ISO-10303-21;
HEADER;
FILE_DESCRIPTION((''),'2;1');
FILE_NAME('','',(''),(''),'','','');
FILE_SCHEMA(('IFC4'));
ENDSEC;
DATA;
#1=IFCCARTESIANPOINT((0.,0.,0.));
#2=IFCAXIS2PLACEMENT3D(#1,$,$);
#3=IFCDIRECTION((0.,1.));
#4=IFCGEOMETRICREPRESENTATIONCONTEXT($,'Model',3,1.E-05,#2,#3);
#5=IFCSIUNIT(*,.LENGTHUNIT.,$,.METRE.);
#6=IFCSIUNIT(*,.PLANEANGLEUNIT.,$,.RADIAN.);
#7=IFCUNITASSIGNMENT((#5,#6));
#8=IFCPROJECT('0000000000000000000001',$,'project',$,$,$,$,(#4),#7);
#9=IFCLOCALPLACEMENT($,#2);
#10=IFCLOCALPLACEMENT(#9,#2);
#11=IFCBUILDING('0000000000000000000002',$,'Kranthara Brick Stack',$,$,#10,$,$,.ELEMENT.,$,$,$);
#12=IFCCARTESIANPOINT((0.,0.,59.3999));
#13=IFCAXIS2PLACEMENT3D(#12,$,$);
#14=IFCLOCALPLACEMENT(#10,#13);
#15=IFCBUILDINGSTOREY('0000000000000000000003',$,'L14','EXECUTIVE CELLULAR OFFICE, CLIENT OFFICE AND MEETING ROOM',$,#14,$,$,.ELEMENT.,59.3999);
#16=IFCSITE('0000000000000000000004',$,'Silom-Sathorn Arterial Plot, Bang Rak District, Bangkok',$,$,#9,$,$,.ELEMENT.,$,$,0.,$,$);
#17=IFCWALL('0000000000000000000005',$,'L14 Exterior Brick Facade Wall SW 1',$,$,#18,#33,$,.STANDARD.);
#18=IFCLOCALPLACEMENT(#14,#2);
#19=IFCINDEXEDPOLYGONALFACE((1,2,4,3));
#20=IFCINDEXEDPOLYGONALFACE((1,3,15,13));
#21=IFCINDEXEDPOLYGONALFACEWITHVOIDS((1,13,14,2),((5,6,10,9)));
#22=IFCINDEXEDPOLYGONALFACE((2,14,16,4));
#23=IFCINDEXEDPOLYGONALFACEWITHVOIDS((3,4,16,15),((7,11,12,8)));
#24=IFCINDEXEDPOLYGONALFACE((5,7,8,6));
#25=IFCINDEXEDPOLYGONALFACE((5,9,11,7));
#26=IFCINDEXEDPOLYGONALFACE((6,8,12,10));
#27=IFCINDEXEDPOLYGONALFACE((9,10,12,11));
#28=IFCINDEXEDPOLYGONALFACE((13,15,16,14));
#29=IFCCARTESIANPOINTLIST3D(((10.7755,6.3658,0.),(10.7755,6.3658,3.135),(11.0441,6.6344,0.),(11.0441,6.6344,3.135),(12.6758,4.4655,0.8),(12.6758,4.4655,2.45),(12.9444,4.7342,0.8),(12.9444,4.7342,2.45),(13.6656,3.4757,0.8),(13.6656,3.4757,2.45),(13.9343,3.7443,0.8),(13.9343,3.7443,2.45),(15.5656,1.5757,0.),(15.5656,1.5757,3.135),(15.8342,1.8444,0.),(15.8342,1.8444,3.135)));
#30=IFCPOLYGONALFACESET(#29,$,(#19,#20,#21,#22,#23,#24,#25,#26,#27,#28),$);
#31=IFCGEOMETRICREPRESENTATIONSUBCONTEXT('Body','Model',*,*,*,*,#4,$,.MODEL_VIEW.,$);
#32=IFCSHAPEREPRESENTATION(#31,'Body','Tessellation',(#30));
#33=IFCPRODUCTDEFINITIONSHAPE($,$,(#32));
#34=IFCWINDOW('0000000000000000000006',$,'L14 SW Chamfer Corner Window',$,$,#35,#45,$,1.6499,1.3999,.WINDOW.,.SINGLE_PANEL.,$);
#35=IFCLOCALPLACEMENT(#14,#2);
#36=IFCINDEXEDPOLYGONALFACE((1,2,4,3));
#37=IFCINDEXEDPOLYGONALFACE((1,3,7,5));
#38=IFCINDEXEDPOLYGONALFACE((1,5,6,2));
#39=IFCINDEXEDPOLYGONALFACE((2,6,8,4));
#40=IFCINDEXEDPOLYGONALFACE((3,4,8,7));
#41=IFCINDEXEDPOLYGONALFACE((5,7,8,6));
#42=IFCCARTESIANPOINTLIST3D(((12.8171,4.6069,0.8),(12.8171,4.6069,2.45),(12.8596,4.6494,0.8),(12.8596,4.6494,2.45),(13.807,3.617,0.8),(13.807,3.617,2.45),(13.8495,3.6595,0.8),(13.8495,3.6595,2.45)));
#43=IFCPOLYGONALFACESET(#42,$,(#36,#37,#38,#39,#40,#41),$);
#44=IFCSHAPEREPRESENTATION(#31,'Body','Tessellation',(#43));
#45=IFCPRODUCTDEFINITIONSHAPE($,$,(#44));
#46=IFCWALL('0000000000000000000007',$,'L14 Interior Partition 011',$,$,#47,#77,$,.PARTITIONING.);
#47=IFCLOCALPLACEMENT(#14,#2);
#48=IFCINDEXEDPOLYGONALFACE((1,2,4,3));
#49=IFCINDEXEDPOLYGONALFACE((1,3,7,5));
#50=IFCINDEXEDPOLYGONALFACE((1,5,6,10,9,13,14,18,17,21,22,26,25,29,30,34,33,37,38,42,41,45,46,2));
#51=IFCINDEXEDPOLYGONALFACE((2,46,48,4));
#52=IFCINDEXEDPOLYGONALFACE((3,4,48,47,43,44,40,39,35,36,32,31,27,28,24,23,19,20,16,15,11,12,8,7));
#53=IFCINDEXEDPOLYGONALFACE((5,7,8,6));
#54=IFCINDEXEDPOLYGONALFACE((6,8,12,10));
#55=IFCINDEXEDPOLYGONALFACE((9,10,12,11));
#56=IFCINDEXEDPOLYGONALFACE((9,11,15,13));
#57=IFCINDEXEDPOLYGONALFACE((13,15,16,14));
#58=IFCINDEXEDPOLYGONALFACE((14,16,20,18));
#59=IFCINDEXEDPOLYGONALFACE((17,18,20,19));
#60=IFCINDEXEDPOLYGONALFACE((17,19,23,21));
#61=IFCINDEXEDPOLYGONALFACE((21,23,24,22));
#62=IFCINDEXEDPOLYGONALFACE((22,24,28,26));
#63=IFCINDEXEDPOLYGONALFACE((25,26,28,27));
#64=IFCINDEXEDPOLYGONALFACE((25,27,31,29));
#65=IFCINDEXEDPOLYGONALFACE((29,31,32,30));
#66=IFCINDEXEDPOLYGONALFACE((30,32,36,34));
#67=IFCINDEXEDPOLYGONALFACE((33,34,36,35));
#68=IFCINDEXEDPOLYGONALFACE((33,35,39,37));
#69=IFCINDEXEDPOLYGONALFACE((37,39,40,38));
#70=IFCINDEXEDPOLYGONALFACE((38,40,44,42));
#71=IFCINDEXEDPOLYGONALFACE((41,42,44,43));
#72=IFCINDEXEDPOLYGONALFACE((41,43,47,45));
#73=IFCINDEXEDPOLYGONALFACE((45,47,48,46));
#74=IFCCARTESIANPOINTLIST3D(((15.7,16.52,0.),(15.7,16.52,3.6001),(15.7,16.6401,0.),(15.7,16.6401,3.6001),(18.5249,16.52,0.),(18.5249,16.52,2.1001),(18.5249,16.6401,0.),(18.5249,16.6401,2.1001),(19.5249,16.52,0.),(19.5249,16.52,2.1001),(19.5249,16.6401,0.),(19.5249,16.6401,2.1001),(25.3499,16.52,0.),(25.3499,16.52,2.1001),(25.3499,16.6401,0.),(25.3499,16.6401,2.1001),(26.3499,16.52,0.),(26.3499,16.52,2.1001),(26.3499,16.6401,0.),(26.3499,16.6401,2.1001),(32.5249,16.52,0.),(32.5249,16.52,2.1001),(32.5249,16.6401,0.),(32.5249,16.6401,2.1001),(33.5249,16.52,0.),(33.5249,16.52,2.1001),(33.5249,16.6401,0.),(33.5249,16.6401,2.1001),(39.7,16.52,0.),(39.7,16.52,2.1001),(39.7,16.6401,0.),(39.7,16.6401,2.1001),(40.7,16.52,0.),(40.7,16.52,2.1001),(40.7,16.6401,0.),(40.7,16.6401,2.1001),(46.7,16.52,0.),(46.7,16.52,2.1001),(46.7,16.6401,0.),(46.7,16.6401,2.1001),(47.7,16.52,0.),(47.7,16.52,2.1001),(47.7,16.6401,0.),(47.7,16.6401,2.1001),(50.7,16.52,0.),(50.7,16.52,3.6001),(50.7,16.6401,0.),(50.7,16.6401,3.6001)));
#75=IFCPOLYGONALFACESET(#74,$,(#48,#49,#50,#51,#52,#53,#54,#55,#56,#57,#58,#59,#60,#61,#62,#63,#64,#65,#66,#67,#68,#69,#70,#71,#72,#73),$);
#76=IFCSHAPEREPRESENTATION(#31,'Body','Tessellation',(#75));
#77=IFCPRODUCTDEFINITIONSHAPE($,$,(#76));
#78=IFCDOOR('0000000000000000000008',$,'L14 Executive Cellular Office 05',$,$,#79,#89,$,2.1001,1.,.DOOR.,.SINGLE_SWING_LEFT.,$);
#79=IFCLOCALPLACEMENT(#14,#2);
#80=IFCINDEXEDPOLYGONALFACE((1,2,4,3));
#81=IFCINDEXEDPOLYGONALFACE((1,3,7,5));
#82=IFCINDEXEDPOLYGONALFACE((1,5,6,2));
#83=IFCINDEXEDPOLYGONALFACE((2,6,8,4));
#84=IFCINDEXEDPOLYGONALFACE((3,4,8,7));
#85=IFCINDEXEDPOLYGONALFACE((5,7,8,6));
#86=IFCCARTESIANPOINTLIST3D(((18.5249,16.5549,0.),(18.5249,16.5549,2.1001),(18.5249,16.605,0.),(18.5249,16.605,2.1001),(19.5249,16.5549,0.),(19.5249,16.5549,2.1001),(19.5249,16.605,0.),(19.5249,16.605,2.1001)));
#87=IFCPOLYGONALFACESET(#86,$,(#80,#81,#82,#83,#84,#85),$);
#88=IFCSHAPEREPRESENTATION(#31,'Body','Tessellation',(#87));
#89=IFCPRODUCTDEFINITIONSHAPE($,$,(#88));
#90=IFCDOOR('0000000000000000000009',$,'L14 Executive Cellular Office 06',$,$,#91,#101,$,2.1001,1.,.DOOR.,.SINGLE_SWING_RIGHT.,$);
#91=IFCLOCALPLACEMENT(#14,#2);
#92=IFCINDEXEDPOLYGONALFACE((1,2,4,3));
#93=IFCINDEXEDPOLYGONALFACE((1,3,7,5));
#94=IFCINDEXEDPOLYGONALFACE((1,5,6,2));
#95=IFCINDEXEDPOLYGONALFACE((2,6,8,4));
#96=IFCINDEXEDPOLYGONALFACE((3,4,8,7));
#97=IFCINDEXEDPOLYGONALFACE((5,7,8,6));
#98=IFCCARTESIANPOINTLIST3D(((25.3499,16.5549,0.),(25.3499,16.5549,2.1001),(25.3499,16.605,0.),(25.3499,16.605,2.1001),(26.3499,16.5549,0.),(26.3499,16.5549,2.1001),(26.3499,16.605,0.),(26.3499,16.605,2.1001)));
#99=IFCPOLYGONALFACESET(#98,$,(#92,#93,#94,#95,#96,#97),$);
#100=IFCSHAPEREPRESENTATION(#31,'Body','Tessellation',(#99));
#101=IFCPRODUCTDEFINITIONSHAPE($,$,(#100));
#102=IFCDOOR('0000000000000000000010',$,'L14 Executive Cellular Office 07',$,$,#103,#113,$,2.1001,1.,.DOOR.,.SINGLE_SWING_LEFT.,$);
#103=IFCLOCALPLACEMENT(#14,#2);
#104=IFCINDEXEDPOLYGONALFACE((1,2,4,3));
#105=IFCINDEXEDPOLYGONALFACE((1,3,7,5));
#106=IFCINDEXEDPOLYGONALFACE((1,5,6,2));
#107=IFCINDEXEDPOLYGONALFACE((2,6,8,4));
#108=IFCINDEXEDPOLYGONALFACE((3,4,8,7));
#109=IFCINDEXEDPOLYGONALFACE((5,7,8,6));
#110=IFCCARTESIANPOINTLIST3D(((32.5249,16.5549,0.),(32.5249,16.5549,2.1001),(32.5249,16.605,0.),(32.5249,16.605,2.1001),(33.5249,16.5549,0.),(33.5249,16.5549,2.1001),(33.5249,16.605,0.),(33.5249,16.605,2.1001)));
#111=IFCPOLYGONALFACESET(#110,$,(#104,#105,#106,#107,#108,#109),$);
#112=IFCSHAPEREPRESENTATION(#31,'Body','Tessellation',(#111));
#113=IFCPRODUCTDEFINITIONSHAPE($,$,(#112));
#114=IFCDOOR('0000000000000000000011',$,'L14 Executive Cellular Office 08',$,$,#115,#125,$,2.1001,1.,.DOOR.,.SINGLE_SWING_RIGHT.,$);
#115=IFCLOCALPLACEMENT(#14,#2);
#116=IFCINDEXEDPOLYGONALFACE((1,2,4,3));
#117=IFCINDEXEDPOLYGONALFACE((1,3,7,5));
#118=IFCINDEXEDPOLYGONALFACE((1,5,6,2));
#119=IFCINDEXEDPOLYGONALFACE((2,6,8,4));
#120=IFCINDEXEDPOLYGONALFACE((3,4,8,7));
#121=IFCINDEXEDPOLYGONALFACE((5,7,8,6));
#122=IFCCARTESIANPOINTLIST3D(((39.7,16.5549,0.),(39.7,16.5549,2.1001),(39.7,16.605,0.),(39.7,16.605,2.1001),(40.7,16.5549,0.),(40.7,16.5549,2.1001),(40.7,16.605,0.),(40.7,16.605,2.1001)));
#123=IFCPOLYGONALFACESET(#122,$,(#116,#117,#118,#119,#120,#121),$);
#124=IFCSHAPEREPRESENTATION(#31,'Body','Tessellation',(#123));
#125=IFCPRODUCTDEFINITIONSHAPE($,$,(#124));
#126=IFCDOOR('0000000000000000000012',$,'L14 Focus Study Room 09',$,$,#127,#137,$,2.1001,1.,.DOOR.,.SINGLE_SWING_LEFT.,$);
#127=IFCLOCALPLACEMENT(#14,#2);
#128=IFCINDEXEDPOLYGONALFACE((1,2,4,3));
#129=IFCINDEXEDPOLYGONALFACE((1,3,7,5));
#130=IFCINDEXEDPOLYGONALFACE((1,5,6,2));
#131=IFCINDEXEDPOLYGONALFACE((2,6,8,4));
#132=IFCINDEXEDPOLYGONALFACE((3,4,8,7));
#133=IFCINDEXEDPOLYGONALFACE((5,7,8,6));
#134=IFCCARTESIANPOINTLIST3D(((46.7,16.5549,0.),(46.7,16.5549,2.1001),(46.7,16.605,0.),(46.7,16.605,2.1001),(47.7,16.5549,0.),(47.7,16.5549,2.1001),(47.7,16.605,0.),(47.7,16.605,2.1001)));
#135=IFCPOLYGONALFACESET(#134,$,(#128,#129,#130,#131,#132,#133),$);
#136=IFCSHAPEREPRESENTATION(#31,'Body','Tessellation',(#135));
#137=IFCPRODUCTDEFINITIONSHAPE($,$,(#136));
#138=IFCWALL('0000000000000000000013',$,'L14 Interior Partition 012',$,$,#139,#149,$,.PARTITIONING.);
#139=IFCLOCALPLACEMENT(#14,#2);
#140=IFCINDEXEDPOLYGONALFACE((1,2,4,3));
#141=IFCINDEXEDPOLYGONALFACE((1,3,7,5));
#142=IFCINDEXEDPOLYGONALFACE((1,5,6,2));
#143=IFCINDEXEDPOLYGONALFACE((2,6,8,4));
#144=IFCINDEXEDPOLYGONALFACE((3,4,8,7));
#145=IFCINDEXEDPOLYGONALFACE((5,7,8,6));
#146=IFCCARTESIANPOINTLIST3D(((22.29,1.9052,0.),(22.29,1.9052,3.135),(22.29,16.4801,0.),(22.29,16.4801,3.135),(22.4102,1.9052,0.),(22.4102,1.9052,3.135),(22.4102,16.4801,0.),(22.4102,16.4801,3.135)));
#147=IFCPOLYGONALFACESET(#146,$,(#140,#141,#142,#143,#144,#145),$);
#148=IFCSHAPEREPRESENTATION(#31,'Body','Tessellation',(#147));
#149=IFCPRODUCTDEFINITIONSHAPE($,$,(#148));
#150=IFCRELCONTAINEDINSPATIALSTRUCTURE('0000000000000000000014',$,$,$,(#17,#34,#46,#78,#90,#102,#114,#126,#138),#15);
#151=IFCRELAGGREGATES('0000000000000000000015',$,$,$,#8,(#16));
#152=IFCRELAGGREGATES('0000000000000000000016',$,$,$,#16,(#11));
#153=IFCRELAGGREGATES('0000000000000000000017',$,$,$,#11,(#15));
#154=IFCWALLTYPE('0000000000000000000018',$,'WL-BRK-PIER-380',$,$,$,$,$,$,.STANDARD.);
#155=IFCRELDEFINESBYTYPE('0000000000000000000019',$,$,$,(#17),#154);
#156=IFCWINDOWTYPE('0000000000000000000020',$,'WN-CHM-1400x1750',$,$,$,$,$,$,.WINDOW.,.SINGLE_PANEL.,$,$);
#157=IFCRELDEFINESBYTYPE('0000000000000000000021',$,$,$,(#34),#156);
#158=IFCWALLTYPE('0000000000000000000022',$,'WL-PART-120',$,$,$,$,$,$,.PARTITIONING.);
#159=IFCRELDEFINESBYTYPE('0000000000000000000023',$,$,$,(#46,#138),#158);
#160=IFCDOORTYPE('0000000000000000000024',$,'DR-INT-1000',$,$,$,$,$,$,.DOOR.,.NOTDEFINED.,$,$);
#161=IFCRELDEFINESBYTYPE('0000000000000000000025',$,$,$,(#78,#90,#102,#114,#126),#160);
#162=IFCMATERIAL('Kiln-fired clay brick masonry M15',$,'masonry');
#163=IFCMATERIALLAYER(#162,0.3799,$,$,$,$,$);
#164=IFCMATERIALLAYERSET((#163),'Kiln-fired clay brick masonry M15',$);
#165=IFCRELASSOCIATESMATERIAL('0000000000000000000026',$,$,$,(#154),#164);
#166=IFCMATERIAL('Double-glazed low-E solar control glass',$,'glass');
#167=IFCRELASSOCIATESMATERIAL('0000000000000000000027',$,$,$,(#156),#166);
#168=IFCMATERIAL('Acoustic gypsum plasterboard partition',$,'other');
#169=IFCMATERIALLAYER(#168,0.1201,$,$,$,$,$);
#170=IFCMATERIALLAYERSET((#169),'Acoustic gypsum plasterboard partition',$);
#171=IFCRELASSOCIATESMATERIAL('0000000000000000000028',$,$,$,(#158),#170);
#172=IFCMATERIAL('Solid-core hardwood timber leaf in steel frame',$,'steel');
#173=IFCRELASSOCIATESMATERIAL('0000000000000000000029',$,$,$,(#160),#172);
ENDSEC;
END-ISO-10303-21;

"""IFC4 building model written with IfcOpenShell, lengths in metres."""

from ifc_helpers import new_model, si_unit, direction, frame, frame_2d, origin, place, context, subcontext, project, spatial, rectangle, extrude, material, layer, layer_set, type_object, element, fill, save


model = new_model("IFC4")

# Units and contexts
model_context = context("Model", 3, precision=1e-05, world=origin(), true_north=direction((0.0, 1.0)))
body_context = subcontext(model_context, "Body", "Model", "MODEL_VIEW")
ifc_project = project(units=[si_unit("LENGTHUNIT", "METRE"), si_unit("PLANEANGLEUNIT", "RADIAN")], contexts=[model_context])

# Site, building, storey
site_placement = place(None, origin())
site = spatial("IfcSite", under=ifc_project, at=site_placement, Name="Silom-Sathorn Arterial Plot, Bang Rak District, Bangkok", CompositionType="ELEMENT", RefElevation=0.0)
building_placement = place(site_placement, origin())
building = spatial("IfcBuilding", under=site, at=building_placement, Name="Kranthara Brick Stack", CompositionType="ELEMENT")
storey_placement = place(building_placement, frame((0.0, 0.0, 59.3999)))
storey = spatial("IfcBuildingStorey", under=building, at=storey_placement, Name="L14", Description="EXECUTIVE CELLULAR OFFICE, CLIENT OFFICE AND MEETING ROOM", CompositionType="ELEMENT", Elevation=59.3999)

# Wall, opening, window
ifc_material_1 = material(Name="Kiln-fired clay brick masonry M15", Category="masonry")
ifc_layer_1 = layer(ifc_material_1, 0.3799)
ifc_layer_set_1 = layer_set([ifc_layer_1], Name="Kiln-fired clay brick masonry M15")
wall_type_1 = type_object("IfcWallType", Name="WL-BRK-PIER-380", PredefinedType="STANDARD", material=ifc_layer_set_1)
wall_1_placement = place(storey_placement, frame((15.7, 1.71, 0.0), z_axis=(0.0, 0.0, 1.0), x_axis=(-0.707107, 0.707107, 0.0)))
wall_1 = element("IfcWall", 1, at=wall_1_placement, inside=storey, type_object=wall_type_1, Name="L14 Exterior Brick Facade Wall SW 1", PredefinedType="STANDARD", context=body_context, shape_type="SweptSolid", body=[
    extrude(rectangle(XDim=6.7742, YDim=0.3799, at=frame_2d((3.3872, 0.0))), origin(), (0.0, 0.0, 1.0), 3.135),
])
opening_1_placement = place(wall_1_placement, frame((2.687, 0.0, 0.8)))
opening_1 = element("IfcOpeningElement", 2, at=opening_1_placement, cuts=wall_1, PredefinedType="OPENING", context=body_context, shape_type="SweptSolid", body=[
    extrude(rectangle(XDim=1.3999, YDim=1.6499, at=frame_2d((0.7, 0.825))), frame((0.0, 0.2, 0.0), z_axis=(0.0, -1.0, 0.0), x_axis=(1.0, 0.0, 0.0)), (0.0, 0.0, 1.0), 0.3999),
])
ifc_material_2 = material(Name="Double-glazed low-E solar control glass", Category="glass")
window_type = type_object("IfcWindowType", Name="WN-CHM-1400x1750", PartitioningType="SINGLE_PANEL", PredefinedType="WINDOW", material=ifc_material_2)
window_placement = place(opening_1_placement, origin())
window = element("IfcWindow", 3, at=window_placement, inside=storey, type_object=window_type, Name="L14 SW Chamfer Corner Window", OverallHeight=1.6499, OverallWidth=1.3999, PartitioningType="SINGLE_PANEL", PredefinedType="WINDOW", context=body_context, shape_type="SweptSolid", body=[
    extrude(rectangle(XDim=1.3999, YDim=1.6499, at=frame_2d((0.7, 0.825))), frame((0.0, -0.01, 0.0), z_axis=(0.0, -1.0, 0.0), x_axis=(1.0, 0.0, 0.0)), (0.0, 0.0, 1.0), 0.0601),
])
fill(opening_1, window)

# Wall, openings, doors
ifc_material_3 = material(Name="Acoustic gypsum plasterboard partition", Category="other")
ifc_layer_2 = layer(ifc_material_3, 0.1201)
ifc_layer_set_2 = layer_set([ifc_layer_2], Name="Acoustic gypsum plasterboard partition")
wall_type_2 = type_object("IfcWallType", Name="WL-PART-120", PredefinedType="PARTITIONING", material=ifc_layer_set_2)
wall_2_placement = place(storey_placement, frame((15.7, 16.5801, 0.0), z_axis=(0.0, 0.0, 1.0), x_axis=(1.0, 0.0, 0.0)))
wall_2 = element("IfcWall", 4, at=wall_2_placement, inside=storey, type_object=wall_type_2, Name="L14 Interior Partition 011", PredefinedType="PARTITIONING", context=body_context, shape_type="SweptSolid", body=[
    extrude(rectangle(XDim=35.0, YDim=0.1201, at=frame_2d((17.5, 0.0))), origin(), (0.0, 0.0, 1.0), 3.6001),
])
opening_2_placement = place(wall_2_placement, frame((2.825, 0.0, 0.0)))
opening_2 = element("IfcOpeningElement", 5, at=opening_2_placement, cuts=wall_2, PredefinedType="OPENING", context=body_context, shape_type="SweptSolid", body=[
    extrude(rectangle(XDim=1.0, YDim=2.1001, at=frame_2d((0.5, 1.05))), frame((0.0, 0.0701, 0.0), z_axis=(0.0, -1.0, 0.0), x_axis=(1.0, 0.0, 0.0)), (0.0, 0.0, 1.0), 0.1401),
])
opening_3_placement = place(wall_2_placement, frame((9.6499, 0.0, 0.0)))
opening_3 = element("IfcOpeningElement", 6, at=opening_3_placement, cuts=wall_2, PredefinedType="OPENING", context=body_context, shape_type="SweptSolid", body=[
    extrude(rectangle(XDim=1.0, YDim=2.1001, at=frame_2d((0.5, 1.05))), frame((0.0, 0.0701, 0.0), z_axis=(0.0, -1.0, 0.0), x_axis=(1.0, 0.0, 0.0)), (0.0, 0.0, 1.0), 0.1401),
])
opening_4_placement = place(wall_2_placement, frame((16.825, 0.0, 0.0)))
opening_4 = element("IfcOpeningElement", 7, at=opening_4_placement, cuts=wall_2, PredefinedType="OPENING", context=body_context, shape_type="SweptSolid", body=[
    extrude(rectangle(XDim=1.0, YDim=2.1001, at=frame_2d((0.5, 1.05))), frame((0.0, 0.0701, 0.0), z_axis=(0.0, -1.0, 0.0), x_axis=(1.0, 0.0, 0.0)), (0.0, 0.0, 1.0), 0.1401),
])
opening_5_placement = place(wall_2_placement, frame((24.0, 0.0, 0.0)))
opening_5 = element("IfcOpeningElement", 8, at=opening_5_placement, cuts=wall_2, PredefinedType="OPENING", context=body_context, shape_type="SweptSolid", body=[
    extrude(rectangle(XDim=1.0, YDim=2.1001, at=frame_2d((0.5, 1.05))), frame((0.0, 0.0701, 0.0), z_axis=(0.0, -1.0, 0.0), x_axis=(1.0, 0.0, 0.0)), (0.0, 0.0, 1.0), 0.1401),
])
opening_6_placement = place(wall_2_placement, frame((31.0, 0.0, 0.0)))
opening_6 = element("IfcOpeningElement", 9, at=opening_6_placement, cuts=wall_2, PredefinedType="OPENING", context=body_context, shape_type="SweptSolid", body=[
    extrude(rectangle(XDim=1.0, YDim=2.1001, at=frame_2d((0.5, 1.05))), frame((0.0, 0.0701, 0.0), z_axis=(0.0, -1.0, 0.0), x_axis=(1.0, 0.0, 0.0)), (0.0, 0.0, 1.0), 0.1401),
])
ifc_material_4 = material(Name="Solid-core hardwood timber leaf in steel frame", Category="steel")
door_type = type_object("IfcDoorType", Name="DR-INT-1000", OperationType="NOTDEFINED", PredefinedType="DOOR", material=ifc_material_4)
door_1_placement = place(opening_2_placement, origin())
door_1 = element("IfcDoor", 10, at=door_1_placement, inside=storey, type_object=door_type, Name="L14 Executive Cellular Office 05", OperationType="SINGLE_SWING_LEFT", OverallHeight=2.1001, OverallWidth=1.0, PredefinedType="DOOR", context=body_context, shape_type="SweptSolid", body=[
    extrude(rectangle(XDim=1.0, YDim=2.1001, at=frame_2d((0.5, 1.05))), frame((0.0, 0.0249, 0.0), z_axis=(0.0, -1.0, 0.0), x_axis=(1.0, 0.0, 0.0)), (0.0, 0.0, 1.0), 0.05),
])
fill(opening_2, door_1)
door_2_placement = place(opening_3_placement, origin())
door_2 = element("IfcDoor", 11, at=door_2_placement, inside=storey, type_object=door_type, Name="L14 Executive Cellular Office 06", OperationType="SINGLE_SWING_RIGHT", OverallHeight=2.1001, OverallWidth=1.0, PredefinedType="DOOR", context=body_context, shape_type="SweptSolid", body=[
    extrude(rectangle(XDim=1.0, YDim=2.1001, at=frame_2d((0.5, 1.05))), frame((0.0, 0.0249, 0.0), z_axis=(0.0, -1.0, 0.0), x_axis=(1.0, 0.0, 0.0)), (0.0, 0.0, 1.0), 0.05),
])
fill(opening_3, door_2)
door_3_placement = place(opening_4_placement, origin())
door_3 = element("IfcDoor", 12, at=door_3_placement, inside=storey, type_object=door_type, Name="L14 Executive Cellular Office 07", OperationType="SINGLE_SWING_LEFT", OverallHeight=2.1001, OverallWidth=1.0, PredefinedType="DOOR", context=body_context, shape_type="SweptSolid", body=[
    extrude(rectangle(XDim=1.0, YDim=2.1001, at=frame_2d((0.5, 1.05))), frame((0.0, 0.0249, 0.0), z_axis=(0.0, -1.0, 0.0), x_axis=(1.0, 0.0, 0.0)), (0.0, 0.0, 1.0), 0.05),
])
fill(opening_4, door_3)
door_4_placement = place(opening_5_placement, origin())
door_4 = element("IfcDoor", 13, at=door_4_placement, inside=storey, type_object=door_type, Name="L14 Executive Cellular Office 08", OperationType="SINGLE_SWING_RIGHT", OverallHeight=2.1001, OverallWidth=1.0, PredefinedType="DOOR", context=body_context, shape_type="SweptSolid", body=[
    extrude(rectangle(XDim=1.0, YDim=2.1001, at=frame_2d((0.5, 1.05))), frame((0.0, 0.0249, 0.0), z_axis=(0.0, -1.0, 0.0), x_axis=(1.0, 0.0, 0.0)), (0.0, 0.0, 1.0), 0.05),
])
fill(opening_5, door_4)
door_5_placement = place(opening_6_placement, origin())
door_5 = element("IfcDoor", 14, at=door_5_placement, inside=storey, type_object=door_type, Name="L14 Focus Study Room 09", OperationType="SINGLE_SWING_LEFT", OverallHeight=2.1001, OverallWidth=1.0, PredefinedType="DOOR", context=body_context, shape_type="SweptSolid", body=[
    extrude(rectangle(XDim=1.0, YDim=2.1001, at=frame_2d((0.5, 1.05))), frame((0.0, 0.0249, 0.0), z_axis=(0.0, -1.0, 0.0), x_axis=(1.0, 0.0, 0.0)), (0.0, 0.0, 1.0), 0.05),
])
fill(opening_6, door_5)

# Wall
wall_3_placement = place(storey_placement, frame((22.3501, 1.905, 0.0), z_axis=(0.0, 0.0, 1.0), x_axis=(0.0, 1.0, 0.0)))
element("IfcWall", 15, at=wall_3_placement, inside=storey, type_object=wall_type_2, Name="L14 Interior Partition 012", PredefinedType="PARTITIONING", context=body_context, shape_type="SweptSolid", body=[
    extrude(rectangle(XDim=14.575, YDim=0.1201, at=frame_2d((7.2876, 0.0))), origin(), (0.0, 0.0, 1.0), 3.135),
])

save(model, "model.ifc")
